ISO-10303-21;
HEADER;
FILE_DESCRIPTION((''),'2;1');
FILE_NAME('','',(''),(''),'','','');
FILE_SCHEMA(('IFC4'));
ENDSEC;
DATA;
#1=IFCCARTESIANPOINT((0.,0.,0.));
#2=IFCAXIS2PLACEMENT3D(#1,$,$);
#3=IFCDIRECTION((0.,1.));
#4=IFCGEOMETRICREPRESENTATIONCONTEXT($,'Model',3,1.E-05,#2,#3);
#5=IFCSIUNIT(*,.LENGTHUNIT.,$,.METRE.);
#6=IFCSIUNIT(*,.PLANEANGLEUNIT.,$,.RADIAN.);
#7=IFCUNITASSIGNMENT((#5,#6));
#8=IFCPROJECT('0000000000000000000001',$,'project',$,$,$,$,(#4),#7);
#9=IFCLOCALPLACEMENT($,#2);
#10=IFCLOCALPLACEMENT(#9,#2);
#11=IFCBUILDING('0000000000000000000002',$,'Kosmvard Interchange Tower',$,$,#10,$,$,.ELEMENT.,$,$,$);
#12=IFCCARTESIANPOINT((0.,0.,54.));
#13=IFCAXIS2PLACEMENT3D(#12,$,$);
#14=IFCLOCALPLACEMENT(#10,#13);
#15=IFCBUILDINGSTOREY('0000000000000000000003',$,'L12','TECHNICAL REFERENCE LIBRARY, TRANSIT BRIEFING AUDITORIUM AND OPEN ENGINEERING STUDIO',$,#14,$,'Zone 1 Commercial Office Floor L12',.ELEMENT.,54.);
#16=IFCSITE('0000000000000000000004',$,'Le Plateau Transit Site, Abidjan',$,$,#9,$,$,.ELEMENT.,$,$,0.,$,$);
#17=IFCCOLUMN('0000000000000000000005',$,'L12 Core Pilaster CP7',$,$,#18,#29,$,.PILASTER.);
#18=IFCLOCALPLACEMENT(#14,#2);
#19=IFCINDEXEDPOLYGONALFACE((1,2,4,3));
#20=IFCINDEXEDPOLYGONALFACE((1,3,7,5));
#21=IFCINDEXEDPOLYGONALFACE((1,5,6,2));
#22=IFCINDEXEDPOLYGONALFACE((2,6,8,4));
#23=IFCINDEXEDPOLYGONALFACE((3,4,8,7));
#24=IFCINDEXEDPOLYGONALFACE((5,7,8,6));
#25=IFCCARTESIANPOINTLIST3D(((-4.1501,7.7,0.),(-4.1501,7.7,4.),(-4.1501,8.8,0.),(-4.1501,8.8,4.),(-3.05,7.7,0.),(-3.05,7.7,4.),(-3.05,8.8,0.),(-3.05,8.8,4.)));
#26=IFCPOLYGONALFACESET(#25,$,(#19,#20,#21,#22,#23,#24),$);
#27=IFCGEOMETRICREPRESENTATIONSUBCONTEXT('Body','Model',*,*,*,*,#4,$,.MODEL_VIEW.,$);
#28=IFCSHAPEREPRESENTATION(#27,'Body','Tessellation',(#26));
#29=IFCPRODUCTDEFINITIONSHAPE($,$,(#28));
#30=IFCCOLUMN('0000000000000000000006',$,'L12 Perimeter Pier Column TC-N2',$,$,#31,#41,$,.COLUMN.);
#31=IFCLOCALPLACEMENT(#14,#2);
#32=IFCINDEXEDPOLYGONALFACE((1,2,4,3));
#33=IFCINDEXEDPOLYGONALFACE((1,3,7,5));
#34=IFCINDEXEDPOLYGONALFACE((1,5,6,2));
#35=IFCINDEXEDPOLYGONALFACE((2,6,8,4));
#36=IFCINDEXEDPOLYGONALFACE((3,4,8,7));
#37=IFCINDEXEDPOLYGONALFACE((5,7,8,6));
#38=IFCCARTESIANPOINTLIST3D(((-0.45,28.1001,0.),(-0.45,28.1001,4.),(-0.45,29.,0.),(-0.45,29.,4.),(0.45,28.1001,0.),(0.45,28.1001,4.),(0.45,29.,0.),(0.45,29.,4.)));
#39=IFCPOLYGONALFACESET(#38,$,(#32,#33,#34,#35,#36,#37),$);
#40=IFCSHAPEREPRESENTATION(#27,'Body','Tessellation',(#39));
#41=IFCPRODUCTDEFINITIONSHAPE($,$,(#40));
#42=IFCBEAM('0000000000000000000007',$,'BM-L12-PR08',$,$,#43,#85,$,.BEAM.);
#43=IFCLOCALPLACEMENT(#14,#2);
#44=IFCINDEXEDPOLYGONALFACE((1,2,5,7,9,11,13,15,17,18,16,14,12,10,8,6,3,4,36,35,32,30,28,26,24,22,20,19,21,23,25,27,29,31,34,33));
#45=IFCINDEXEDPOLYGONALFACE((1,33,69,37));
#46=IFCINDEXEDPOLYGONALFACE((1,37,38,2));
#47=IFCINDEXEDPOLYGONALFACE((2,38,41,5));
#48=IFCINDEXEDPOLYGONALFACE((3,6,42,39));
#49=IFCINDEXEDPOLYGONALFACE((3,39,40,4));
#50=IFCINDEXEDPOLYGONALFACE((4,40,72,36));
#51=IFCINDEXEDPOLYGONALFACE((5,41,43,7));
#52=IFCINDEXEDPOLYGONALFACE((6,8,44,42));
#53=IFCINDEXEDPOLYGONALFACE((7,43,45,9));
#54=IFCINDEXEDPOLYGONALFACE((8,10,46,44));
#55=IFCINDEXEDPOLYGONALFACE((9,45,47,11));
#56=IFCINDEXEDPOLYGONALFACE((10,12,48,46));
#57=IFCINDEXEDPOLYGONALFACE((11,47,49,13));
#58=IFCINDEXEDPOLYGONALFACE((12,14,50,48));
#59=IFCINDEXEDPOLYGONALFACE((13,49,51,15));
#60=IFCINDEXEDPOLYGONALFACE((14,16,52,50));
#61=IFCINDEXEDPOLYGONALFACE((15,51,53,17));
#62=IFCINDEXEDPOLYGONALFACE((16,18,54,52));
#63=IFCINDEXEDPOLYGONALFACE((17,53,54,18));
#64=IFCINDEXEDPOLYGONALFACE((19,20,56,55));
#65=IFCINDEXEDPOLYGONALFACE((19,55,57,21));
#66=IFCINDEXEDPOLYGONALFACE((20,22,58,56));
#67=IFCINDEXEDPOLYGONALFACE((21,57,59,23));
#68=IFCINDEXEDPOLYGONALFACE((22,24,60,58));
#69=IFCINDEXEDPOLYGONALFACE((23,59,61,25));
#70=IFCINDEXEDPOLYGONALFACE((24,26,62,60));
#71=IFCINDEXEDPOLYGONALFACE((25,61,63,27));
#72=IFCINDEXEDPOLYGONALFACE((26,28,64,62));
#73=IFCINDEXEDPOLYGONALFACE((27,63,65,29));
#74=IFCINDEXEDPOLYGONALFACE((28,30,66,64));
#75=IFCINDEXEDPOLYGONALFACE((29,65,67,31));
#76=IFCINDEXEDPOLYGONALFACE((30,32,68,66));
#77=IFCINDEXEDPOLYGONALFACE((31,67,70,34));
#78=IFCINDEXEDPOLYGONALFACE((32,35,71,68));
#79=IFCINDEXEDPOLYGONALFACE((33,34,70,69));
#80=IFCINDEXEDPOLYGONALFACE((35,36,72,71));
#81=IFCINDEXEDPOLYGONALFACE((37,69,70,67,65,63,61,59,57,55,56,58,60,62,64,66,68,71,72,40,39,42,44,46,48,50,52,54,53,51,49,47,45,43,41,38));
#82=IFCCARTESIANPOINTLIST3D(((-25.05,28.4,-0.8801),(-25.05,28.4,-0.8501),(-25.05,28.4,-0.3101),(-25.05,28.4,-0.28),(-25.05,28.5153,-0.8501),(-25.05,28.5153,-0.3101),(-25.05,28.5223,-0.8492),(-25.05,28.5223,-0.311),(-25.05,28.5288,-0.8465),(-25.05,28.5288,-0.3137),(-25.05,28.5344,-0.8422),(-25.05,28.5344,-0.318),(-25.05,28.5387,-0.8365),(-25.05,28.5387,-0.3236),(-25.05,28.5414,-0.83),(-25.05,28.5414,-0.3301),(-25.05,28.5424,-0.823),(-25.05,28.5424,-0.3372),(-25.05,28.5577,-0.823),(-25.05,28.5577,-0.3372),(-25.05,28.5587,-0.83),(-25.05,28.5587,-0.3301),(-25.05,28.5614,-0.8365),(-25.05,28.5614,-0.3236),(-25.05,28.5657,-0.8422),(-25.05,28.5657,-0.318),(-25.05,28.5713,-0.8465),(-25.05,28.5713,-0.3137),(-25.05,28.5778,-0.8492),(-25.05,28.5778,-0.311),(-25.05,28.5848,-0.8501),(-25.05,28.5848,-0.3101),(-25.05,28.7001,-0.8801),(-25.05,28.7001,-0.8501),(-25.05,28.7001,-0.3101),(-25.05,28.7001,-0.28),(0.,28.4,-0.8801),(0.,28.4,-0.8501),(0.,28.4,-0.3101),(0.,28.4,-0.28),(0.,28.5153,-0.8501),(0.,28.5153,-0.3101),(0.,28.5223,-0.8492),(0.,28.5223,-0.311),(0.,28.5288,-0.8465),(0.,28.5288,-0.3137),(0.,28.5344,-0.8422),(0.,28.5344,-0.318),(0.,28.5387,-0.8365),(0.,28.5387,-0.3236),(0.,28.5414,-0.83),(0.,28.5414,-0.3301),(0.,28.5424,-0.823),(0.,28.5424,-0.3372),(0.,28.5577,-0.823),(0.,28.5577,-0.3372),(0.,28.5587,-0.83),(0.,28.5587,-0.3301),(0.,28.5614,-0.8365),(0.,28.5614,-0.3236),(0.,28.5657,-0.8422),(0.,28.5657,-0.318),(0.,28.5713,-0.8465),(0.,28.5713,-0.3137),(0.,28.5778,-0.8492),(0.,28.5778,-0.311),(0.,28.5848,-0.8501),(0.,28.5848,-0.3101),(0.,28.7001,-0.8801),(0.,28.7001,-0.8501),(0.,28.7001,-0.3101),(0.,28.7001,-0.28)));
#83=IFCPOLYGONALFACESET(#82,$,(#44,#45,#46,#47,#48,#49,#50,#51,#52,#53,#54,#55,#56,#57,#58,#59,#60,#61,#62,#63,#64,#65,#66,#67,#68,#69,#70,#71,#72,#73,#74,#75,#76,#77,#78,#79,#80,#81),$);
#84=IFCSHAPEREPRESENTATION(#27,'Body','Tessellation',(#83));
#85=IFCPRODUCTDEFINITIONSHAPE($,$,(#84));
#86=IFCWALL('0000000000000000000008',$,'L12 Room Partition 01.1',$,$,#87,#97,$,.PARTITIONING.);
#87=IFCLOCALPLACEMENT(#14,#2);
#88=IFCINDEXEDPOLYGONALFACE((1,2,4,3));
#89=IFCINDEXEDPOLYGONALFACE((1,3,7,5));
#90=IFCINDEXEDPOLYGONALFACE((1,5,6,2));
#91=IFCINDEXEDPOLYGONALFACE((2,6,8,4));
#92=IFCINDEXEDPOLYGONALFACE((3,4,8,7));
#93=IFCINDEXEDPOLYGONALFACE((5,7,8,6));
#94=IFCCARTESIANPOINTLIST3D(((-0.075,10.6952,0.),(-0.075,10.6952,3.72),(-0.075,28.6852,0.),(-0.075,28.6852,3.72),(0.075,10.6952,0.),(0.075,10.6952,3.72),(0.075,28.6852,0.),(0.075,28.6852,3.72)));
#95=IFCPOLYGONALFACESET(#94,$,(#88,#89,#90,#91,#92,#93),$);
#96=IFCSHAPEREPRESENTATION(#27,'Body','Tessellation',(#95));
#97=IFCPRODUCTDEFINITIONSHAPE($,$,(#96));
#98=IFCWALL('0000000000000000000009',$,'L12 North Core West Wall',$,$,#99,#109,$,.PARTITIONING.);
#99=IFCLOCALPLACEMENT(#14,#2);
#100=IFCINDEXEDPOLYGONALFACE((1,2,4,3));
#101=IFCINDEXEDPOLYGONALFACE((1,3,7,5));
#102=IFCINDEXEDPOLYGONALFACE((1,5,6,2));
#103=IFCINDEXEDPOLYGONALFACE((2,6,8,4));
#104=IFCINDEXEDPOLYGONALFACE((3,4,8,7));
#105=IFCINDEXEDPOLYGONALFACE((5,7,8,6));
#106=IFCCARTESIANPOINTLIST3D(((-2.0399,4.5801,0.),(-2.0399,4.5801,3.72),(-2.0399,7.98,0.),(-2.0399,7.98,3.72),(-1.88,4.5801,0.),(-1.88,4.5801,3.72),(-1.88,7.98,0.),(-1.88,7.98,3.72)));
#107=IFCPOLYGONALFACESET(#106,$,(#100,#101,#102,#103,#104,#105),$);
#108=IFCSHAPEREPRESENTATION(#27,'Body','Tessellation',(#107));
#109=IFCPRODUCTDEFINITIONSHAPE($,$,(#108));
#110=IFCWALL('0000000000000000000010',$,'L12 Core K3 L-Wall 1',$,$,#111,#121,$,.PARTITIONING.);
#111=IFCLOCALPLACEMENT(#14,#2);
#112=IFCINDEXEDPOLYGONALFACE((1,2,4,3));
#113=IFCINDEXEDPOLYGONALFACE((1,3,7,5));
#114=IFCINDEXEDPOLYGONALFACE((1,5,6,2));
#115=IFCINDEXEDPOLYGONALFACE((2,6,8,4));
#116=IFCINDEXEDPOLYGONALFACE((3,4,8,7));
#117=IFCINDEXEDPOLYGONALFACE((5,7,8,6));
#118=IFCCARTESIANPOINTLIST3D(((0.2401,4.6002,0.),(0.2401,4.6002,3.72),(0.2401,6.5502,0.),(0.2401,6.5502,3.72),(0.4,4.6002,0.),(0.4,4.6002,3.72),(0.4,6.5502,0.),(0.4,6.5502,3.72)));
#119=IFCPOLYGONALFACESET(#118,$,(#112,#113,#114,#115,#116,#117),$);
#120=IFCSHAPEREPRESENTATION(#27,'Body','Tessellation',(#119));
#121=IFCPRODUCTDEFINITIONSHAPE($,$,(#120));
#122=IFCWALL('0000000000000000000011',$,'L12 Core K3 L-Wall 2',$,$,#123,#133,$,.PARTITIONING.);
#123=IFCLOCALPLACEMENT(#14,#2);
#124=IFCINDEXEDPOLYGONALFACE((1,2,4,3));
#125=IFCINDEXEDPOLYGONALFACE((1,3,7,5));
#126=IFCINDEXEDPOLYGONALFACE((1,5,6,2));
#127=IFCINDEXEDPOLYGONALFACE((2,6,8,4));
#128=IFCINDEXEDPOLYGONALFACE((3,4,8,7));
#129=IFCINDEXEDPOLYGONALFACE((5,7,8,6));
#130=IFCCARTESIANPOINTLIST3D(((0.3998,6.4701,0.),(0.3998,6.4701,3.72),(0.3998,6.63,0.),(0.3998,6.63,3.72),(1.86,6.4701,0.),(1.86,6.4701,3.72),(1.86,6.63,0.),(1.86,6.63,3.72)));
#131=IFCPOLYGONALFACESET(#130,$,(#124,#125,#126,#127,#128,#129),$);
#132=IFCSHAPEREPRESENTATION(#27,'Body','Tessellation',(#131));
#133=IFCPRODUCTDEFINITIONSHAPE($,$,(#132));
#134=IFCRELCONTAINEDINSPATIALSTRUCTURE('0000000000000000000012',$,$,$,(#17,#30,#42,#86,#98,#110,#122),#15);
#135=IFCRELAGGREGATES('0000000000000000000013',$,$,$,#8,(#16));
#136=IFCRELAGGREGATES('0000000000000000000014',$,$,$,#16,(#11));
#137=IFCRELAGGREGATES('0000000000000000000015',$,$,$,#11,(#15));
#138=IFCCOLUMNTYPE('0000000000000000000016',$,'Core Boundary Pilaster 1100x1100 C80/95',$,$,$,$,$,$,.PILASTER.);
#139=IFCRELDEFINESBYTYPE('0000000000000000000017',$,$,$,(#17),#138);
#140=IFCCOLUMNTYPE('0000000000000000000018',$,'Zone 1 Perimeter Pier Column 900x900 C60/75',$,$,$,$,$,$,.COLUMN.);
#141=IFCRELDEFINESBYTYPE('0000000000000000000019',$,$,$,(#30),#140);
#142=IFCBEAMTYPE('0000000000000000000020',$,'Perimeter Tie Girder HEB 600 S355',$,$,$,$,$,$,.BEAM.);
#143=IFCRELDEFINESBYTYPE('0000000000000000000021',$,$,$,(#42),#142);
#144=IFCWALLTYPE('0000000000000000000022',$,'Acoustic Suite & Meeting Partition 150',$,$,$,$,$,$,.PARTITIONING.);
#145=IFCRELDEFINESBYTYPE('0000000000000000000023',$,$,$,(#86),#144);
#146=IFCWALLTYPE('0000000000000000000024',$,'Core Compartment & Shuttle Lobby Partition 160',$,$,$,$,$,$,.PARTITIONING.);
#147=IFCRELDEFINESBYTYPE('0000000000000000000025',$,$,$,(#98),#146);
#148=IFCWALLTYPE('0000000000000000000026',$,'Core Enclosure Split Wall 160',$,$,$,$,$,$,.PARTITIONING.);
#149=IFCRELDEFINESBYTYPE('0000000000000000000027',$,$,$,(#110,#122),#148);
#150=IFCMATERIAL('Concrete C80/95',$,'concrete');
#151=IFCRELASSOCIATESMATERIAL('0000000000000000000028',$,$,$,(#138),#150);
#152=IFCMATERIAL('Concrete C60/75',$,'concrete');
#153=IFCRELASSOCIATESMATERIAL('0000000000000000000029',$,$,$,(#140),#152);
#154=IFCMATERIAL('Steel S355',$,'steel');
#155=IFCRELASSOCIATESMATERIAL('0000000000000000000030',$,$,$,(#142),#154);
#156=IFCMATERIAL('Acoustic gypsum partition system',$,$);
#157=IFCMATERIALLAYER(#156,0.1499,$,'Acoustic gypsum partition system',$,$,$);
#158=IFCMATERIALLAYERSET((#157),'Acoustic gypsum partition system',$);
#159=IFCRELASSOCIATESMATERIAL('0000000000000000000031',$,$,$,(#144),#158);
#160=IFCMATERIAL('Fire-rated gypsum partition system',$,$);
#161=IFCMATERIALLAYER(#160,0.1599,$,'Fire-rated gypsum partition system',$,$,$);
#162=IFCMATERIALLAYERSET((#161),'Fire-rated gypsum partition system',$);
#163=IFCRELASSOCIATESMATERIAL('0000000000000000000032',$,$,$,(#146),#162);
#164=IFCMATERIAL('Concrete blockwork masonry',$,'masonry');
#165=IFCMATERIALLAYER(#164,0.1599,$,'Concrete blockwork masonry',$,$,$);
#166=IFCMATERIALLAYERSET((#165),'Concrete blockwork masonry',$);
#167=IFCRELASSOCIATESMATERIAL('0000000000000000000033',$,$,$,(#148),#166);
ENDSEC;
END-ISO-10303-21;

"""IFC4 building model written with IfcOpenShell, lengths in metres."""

from ifc_helpers import new_model, si_unit, direction, frame, frame_2d, origin, origin_2d, place, context, subcontext, project, spatial, rectangle, i_section, extrude, source, transform, mapped, material, layer, layer_set, material_profile, profile_set, type_object, element, save


model = new_model("IFC4")

# Units and contexts
model_context = context("Model", 3, precision=1e-05, world=origin(), true_north=direction((0.0, 1.0)))
body_context = subcontext(model_context, "Body", "Model", "MODEL_VIEW")
ifc_project = project(units=[si_unit("LENGTHUNIT", "METRE"), si_unit("PLANEANGLEUNIT", "RADIAN")], contexts=[model_context])

# Site, building, storey
site_placement = place(None, origin())
site = spatial("IfcSite", under=ifc_project, at=site_placement, Name="Le Plateau Transit Site, Abidjan", CompositionType="ELEMENT", RefElevation=0.0)
building_placement = place(site_placement, origin())
building = spatial("IfcBuilding", under=site, at=building_placement, Name="Kosmvard Interchange Tower", CompositionType="ELEMENT")
storey_placement = place(building_placement, frame((0.0, 0.0, 54.0)))
storey = spatial("IfcBuildingStorey", under=building, at=storey_placement, Name="L12", Description="TECHNICAL REFERENCE LIBRARY, TRANSIT BRIEFING AUDITORIUM AND OPEN ENGINEERING STUDIO", LongName="Zone 1 Commercial Office Floor L12", CompositionType="ELEMENT", Elevation=54.0)

# Columns
ifc_material_1 = material(Name="Concrete C80/95", Category="concrete")
ifc_material_profile_1 = material_profile(ifc_material_1, rectangle(XDim=1.1001, YDim=1.1001, at=origin_2d()), Name="CP 1100x1100")
ifc_profile_set_1 = profile_set([ifc_material_profile_1], Name="Concrete C80/95")
column_type_1 = type_object("IfcColumnType", Name="Core Boundary Pilaster 1100x1100 C80/95", PredefinedType="PILASTER", material=ifc_profile_set_1)
shared_shape_1 = source(origin(), body_context, "Body", "SweptSolid", [
    extrude(rectangle(XDim=1.1001, YDim=1.1001, at=origin_2d()), origin(), (0.0, 0.0, 1.0), 4.0),
])
column_1_placement = place(storey_placement, frame((-3.6001, 8.25, 0.0), z_axis=(0.0, 0.0, 1.0), x_axis=(1.0, 0.0, 0.0)))
element("IfcColumn", 1, at=column_1_placement, inside=storey, type_object=column_type_1, Name="L12 Core Pilaster CP7", PredefinedType="PILASTER", context=body_context, shape_type="MappedRepresentation", body=[
    mapped(shared_shape_1, transform((0.0, 0.0, 0.0), scale=1.0)),
])
ifc_material_2 = material(Name="Concrete C60/75", Category="concrete")
ifc_material_profile_2 = material_profile(ifc_material_2, rectangle(XDim=0.8999, YDim=0.8999, at=origin_2d()), Name="TC 900x900")
ifc_profile_set_2 = profile_set([ifc_material_profile_2], Name="Concrete C60/75")
column_type_2 = type_object("IfcColumnType", Name="Zone 1 Perimeter Pier Column 900x900 C60/75", PredefinedType="COLUMN", material=ifc_profile_set_2)
shared_shape_2 = source(origin(), body_context, "Body", "SweptSolid", [
    extrude(rectangle(XDim=0.8999, YDim=0.8999, at=origin_2d()), origin(), (0.0, 0.0, 1.0), 4.0),
])
column_2_placement = place(storey_placement, frame((0.0, 28.55, 0.0), z_axis=(0.0, 0.0, 1.0), x_axis=(1.0, 0.0, 0.0)))
element("IfcColumn", 2, at=column_2_placement, inside=storey, type_object=column_type_2, Name="L12 Perimeter Pier Column TC-N2", PredefinedType="COLUMN", context=body_context, shape_type="MappedRepresentation", body=[
    mapped(shared_shape_2, transform((0.0, 0.0, 0.0), scale=1.0)),
])

# Beam
ifc_material_3 = material(Name="Steel S355", Category="steel")
ifc_material_profile_3 = material_profile(ifc_material_3, i_section(OverallWidth=0.3, OverallDepth=0.6001, WebThickness=0.0154, FlangeThickness=0.03, FilletRadius=0.0271, at=origin_2d()), Name="HEB 600")
ifc_profile_set_3 = profile_set([ifc_material_profile_3], Name="Steel S355")
beam_type = type_object("IfcBeamType", Name="Perimeter Tie Girder HEB 600 S355", PredefinedType="BEAM", material=ifc_profile_set_3)
shared_shape_3 = source(origin(), body_context, "Body", "SweptSolid", [
    extrude(i_section(OverallWidth=0.3, OverallDepth=0.6001, WebThickness=0.0154, FlangeThickness=0.03, FilletRadius=0.0271, at=origin_2d()), origin(), (0.0, 0.0, 1.0), 25.05),
])
beam_placement = place(storey_placement, frame((0.0, 28.55, -0.5801), z_axis=(-1.0, 0.0, 0.0), x_axis=(0.0, -1.0, 0.0)))
element("IfcBeam", 3, at=beam_placement, inside=storey, type_object=beam_type, Name="BM-L12-PR08", PredefinedType="BEAM", context=body_context, shape_type="MappedRepresentation", body=[
    mapped(shared_shape_3, transform((0.0, 0.0, 0.0), scale=1.0)),
])

# Walls
ifc_material_4 = material(Name="Acoustic gypsum partition system")
ifc_layer_1 = layer(ifc_material_4, 0.1499, Name="Acoustic gypsum partition system")
ifc_layer_set_1 = layer_set([ifc_layer_1], Name="Acoustic gypsum partition system")
wall_type_1 = type_object("IfcWallType", Name="Acoustic Suite & Meeting Partition 150", PredefinedType="PARTITIONING", material=ifc_layer_set_1)
wall_1_placement = place(storey_placement, frame((0.0, 10.6951, 0.0), z_axis=(0.0, 0.0, 1.0), x_axis=(0.0, 1.0, 0.0)))
element("IfcWall", 4, at=wall_1_placement, inside=storey, type_object=wall_type_1, Name="L12 Room Partition 01.1", PredefinedType="PARTITIONING", context=body_context, shape_type="SweptSolid", body=[
    extrude(rectangle(XDim=17.99, YDim=0.1499, at=frame_2d((8.9951, 0.0))), origin(), (0.0, 0.0, 1.0), 3.72),
])
ifc_material_5 = material(Name="Fire-rated gypsum partition system")
ifc_layer_2 = layer(ifc_material_5, 0.1599, Name="Fire-rated gypsum partition system")
ifc_layer_set_2 = layer_set([ifc_layer_2], Name="Fire-rated gypsum partition system")
wall_type_2 = type_object("IfcWallType", Name="Core Compartment & Shuttle Lobby Partition 160", PredefinedType="PARTITIONING", material=ifc_layer_set_2)
wall_2_placement = place(storey_placement, frame((-1.96, 4.5801, 0.0), z_axis=(0.0, 0.0, 1.0), x_axis=(0.0, 1.0, 0.0)))
element("IfcWall", 5, at=wall_2_placement, inside=storey, type_object=wall_type_2, Name="L12 North Core West Wall", PredefinedType="PARTITIONING", context=body_context, shape_type="SweptSolid", body=[
    extrude(rectangle(XDim=3.3999, YDim=0.1599, at=frame_2d((1.7, 0.0))), origin(), (0.0, 0.0, 1.0), 3.72),
])
ifc_material_6 = material(Name="Concrete blockwork masonry", Category="masonry")
ifc_layer_3 = layer(ifc_material_6, 0.1599, Name="Concrete blockwork masonry")
ifc_layer_set_3 = layer_set([ifc_layer_3], Name="Concrete blockwork masonry")
wall_type_3 = type_object("IfcWallType", Name="Core Enclosure Split Wall 160", PredefinedType="PARTITIONING", material=ifc_layer_set_3)
wall_3_placement = place(storey_placement, frame((0.3201, 4.6001, 0.0), z_axis=(0.0, 0.0, 1.0), x_axis=(0.0, 1.0, 0.0)))
element("IfcWall", 6, at=wall_3_placement, inside=storey, type_object=wall_type_3, Name="L12 Core K3 L-Wall 1", PredefinedType="PARTITIONING", context=body_context, shape_type="SweptSolid", body=[
    extrude(rectangle(XDim=1.95, YDim=0.1599, at=frame_2d((0.9751, 0.0))), origin(), (0.0, 0.0, 1.0), 3.72),
])
wall_4_placement = place(storey_placement, frame((0.3999, 6.55, 0.0), z_axis=(0.0, 0.0, 1.0), x_axis=(1.0, 0.0, 0.0)))
element("IfcWall", 7, at=wall_4_placement, inside=storey, type_object=wall_type_3, Name="L12 Core K3 L-Wall 2", PredefinedType="PARTITIONING", context=body_context, shape_type="SweptSolid", body=[
    extrude(rectangle(XDim=1.4602, YDim=0.1599, at=frame_2d((0.73, 0.0))), origin(), (0.0, 0.0, 1.0), 3.72),
])

save(model, "model.ifc")
